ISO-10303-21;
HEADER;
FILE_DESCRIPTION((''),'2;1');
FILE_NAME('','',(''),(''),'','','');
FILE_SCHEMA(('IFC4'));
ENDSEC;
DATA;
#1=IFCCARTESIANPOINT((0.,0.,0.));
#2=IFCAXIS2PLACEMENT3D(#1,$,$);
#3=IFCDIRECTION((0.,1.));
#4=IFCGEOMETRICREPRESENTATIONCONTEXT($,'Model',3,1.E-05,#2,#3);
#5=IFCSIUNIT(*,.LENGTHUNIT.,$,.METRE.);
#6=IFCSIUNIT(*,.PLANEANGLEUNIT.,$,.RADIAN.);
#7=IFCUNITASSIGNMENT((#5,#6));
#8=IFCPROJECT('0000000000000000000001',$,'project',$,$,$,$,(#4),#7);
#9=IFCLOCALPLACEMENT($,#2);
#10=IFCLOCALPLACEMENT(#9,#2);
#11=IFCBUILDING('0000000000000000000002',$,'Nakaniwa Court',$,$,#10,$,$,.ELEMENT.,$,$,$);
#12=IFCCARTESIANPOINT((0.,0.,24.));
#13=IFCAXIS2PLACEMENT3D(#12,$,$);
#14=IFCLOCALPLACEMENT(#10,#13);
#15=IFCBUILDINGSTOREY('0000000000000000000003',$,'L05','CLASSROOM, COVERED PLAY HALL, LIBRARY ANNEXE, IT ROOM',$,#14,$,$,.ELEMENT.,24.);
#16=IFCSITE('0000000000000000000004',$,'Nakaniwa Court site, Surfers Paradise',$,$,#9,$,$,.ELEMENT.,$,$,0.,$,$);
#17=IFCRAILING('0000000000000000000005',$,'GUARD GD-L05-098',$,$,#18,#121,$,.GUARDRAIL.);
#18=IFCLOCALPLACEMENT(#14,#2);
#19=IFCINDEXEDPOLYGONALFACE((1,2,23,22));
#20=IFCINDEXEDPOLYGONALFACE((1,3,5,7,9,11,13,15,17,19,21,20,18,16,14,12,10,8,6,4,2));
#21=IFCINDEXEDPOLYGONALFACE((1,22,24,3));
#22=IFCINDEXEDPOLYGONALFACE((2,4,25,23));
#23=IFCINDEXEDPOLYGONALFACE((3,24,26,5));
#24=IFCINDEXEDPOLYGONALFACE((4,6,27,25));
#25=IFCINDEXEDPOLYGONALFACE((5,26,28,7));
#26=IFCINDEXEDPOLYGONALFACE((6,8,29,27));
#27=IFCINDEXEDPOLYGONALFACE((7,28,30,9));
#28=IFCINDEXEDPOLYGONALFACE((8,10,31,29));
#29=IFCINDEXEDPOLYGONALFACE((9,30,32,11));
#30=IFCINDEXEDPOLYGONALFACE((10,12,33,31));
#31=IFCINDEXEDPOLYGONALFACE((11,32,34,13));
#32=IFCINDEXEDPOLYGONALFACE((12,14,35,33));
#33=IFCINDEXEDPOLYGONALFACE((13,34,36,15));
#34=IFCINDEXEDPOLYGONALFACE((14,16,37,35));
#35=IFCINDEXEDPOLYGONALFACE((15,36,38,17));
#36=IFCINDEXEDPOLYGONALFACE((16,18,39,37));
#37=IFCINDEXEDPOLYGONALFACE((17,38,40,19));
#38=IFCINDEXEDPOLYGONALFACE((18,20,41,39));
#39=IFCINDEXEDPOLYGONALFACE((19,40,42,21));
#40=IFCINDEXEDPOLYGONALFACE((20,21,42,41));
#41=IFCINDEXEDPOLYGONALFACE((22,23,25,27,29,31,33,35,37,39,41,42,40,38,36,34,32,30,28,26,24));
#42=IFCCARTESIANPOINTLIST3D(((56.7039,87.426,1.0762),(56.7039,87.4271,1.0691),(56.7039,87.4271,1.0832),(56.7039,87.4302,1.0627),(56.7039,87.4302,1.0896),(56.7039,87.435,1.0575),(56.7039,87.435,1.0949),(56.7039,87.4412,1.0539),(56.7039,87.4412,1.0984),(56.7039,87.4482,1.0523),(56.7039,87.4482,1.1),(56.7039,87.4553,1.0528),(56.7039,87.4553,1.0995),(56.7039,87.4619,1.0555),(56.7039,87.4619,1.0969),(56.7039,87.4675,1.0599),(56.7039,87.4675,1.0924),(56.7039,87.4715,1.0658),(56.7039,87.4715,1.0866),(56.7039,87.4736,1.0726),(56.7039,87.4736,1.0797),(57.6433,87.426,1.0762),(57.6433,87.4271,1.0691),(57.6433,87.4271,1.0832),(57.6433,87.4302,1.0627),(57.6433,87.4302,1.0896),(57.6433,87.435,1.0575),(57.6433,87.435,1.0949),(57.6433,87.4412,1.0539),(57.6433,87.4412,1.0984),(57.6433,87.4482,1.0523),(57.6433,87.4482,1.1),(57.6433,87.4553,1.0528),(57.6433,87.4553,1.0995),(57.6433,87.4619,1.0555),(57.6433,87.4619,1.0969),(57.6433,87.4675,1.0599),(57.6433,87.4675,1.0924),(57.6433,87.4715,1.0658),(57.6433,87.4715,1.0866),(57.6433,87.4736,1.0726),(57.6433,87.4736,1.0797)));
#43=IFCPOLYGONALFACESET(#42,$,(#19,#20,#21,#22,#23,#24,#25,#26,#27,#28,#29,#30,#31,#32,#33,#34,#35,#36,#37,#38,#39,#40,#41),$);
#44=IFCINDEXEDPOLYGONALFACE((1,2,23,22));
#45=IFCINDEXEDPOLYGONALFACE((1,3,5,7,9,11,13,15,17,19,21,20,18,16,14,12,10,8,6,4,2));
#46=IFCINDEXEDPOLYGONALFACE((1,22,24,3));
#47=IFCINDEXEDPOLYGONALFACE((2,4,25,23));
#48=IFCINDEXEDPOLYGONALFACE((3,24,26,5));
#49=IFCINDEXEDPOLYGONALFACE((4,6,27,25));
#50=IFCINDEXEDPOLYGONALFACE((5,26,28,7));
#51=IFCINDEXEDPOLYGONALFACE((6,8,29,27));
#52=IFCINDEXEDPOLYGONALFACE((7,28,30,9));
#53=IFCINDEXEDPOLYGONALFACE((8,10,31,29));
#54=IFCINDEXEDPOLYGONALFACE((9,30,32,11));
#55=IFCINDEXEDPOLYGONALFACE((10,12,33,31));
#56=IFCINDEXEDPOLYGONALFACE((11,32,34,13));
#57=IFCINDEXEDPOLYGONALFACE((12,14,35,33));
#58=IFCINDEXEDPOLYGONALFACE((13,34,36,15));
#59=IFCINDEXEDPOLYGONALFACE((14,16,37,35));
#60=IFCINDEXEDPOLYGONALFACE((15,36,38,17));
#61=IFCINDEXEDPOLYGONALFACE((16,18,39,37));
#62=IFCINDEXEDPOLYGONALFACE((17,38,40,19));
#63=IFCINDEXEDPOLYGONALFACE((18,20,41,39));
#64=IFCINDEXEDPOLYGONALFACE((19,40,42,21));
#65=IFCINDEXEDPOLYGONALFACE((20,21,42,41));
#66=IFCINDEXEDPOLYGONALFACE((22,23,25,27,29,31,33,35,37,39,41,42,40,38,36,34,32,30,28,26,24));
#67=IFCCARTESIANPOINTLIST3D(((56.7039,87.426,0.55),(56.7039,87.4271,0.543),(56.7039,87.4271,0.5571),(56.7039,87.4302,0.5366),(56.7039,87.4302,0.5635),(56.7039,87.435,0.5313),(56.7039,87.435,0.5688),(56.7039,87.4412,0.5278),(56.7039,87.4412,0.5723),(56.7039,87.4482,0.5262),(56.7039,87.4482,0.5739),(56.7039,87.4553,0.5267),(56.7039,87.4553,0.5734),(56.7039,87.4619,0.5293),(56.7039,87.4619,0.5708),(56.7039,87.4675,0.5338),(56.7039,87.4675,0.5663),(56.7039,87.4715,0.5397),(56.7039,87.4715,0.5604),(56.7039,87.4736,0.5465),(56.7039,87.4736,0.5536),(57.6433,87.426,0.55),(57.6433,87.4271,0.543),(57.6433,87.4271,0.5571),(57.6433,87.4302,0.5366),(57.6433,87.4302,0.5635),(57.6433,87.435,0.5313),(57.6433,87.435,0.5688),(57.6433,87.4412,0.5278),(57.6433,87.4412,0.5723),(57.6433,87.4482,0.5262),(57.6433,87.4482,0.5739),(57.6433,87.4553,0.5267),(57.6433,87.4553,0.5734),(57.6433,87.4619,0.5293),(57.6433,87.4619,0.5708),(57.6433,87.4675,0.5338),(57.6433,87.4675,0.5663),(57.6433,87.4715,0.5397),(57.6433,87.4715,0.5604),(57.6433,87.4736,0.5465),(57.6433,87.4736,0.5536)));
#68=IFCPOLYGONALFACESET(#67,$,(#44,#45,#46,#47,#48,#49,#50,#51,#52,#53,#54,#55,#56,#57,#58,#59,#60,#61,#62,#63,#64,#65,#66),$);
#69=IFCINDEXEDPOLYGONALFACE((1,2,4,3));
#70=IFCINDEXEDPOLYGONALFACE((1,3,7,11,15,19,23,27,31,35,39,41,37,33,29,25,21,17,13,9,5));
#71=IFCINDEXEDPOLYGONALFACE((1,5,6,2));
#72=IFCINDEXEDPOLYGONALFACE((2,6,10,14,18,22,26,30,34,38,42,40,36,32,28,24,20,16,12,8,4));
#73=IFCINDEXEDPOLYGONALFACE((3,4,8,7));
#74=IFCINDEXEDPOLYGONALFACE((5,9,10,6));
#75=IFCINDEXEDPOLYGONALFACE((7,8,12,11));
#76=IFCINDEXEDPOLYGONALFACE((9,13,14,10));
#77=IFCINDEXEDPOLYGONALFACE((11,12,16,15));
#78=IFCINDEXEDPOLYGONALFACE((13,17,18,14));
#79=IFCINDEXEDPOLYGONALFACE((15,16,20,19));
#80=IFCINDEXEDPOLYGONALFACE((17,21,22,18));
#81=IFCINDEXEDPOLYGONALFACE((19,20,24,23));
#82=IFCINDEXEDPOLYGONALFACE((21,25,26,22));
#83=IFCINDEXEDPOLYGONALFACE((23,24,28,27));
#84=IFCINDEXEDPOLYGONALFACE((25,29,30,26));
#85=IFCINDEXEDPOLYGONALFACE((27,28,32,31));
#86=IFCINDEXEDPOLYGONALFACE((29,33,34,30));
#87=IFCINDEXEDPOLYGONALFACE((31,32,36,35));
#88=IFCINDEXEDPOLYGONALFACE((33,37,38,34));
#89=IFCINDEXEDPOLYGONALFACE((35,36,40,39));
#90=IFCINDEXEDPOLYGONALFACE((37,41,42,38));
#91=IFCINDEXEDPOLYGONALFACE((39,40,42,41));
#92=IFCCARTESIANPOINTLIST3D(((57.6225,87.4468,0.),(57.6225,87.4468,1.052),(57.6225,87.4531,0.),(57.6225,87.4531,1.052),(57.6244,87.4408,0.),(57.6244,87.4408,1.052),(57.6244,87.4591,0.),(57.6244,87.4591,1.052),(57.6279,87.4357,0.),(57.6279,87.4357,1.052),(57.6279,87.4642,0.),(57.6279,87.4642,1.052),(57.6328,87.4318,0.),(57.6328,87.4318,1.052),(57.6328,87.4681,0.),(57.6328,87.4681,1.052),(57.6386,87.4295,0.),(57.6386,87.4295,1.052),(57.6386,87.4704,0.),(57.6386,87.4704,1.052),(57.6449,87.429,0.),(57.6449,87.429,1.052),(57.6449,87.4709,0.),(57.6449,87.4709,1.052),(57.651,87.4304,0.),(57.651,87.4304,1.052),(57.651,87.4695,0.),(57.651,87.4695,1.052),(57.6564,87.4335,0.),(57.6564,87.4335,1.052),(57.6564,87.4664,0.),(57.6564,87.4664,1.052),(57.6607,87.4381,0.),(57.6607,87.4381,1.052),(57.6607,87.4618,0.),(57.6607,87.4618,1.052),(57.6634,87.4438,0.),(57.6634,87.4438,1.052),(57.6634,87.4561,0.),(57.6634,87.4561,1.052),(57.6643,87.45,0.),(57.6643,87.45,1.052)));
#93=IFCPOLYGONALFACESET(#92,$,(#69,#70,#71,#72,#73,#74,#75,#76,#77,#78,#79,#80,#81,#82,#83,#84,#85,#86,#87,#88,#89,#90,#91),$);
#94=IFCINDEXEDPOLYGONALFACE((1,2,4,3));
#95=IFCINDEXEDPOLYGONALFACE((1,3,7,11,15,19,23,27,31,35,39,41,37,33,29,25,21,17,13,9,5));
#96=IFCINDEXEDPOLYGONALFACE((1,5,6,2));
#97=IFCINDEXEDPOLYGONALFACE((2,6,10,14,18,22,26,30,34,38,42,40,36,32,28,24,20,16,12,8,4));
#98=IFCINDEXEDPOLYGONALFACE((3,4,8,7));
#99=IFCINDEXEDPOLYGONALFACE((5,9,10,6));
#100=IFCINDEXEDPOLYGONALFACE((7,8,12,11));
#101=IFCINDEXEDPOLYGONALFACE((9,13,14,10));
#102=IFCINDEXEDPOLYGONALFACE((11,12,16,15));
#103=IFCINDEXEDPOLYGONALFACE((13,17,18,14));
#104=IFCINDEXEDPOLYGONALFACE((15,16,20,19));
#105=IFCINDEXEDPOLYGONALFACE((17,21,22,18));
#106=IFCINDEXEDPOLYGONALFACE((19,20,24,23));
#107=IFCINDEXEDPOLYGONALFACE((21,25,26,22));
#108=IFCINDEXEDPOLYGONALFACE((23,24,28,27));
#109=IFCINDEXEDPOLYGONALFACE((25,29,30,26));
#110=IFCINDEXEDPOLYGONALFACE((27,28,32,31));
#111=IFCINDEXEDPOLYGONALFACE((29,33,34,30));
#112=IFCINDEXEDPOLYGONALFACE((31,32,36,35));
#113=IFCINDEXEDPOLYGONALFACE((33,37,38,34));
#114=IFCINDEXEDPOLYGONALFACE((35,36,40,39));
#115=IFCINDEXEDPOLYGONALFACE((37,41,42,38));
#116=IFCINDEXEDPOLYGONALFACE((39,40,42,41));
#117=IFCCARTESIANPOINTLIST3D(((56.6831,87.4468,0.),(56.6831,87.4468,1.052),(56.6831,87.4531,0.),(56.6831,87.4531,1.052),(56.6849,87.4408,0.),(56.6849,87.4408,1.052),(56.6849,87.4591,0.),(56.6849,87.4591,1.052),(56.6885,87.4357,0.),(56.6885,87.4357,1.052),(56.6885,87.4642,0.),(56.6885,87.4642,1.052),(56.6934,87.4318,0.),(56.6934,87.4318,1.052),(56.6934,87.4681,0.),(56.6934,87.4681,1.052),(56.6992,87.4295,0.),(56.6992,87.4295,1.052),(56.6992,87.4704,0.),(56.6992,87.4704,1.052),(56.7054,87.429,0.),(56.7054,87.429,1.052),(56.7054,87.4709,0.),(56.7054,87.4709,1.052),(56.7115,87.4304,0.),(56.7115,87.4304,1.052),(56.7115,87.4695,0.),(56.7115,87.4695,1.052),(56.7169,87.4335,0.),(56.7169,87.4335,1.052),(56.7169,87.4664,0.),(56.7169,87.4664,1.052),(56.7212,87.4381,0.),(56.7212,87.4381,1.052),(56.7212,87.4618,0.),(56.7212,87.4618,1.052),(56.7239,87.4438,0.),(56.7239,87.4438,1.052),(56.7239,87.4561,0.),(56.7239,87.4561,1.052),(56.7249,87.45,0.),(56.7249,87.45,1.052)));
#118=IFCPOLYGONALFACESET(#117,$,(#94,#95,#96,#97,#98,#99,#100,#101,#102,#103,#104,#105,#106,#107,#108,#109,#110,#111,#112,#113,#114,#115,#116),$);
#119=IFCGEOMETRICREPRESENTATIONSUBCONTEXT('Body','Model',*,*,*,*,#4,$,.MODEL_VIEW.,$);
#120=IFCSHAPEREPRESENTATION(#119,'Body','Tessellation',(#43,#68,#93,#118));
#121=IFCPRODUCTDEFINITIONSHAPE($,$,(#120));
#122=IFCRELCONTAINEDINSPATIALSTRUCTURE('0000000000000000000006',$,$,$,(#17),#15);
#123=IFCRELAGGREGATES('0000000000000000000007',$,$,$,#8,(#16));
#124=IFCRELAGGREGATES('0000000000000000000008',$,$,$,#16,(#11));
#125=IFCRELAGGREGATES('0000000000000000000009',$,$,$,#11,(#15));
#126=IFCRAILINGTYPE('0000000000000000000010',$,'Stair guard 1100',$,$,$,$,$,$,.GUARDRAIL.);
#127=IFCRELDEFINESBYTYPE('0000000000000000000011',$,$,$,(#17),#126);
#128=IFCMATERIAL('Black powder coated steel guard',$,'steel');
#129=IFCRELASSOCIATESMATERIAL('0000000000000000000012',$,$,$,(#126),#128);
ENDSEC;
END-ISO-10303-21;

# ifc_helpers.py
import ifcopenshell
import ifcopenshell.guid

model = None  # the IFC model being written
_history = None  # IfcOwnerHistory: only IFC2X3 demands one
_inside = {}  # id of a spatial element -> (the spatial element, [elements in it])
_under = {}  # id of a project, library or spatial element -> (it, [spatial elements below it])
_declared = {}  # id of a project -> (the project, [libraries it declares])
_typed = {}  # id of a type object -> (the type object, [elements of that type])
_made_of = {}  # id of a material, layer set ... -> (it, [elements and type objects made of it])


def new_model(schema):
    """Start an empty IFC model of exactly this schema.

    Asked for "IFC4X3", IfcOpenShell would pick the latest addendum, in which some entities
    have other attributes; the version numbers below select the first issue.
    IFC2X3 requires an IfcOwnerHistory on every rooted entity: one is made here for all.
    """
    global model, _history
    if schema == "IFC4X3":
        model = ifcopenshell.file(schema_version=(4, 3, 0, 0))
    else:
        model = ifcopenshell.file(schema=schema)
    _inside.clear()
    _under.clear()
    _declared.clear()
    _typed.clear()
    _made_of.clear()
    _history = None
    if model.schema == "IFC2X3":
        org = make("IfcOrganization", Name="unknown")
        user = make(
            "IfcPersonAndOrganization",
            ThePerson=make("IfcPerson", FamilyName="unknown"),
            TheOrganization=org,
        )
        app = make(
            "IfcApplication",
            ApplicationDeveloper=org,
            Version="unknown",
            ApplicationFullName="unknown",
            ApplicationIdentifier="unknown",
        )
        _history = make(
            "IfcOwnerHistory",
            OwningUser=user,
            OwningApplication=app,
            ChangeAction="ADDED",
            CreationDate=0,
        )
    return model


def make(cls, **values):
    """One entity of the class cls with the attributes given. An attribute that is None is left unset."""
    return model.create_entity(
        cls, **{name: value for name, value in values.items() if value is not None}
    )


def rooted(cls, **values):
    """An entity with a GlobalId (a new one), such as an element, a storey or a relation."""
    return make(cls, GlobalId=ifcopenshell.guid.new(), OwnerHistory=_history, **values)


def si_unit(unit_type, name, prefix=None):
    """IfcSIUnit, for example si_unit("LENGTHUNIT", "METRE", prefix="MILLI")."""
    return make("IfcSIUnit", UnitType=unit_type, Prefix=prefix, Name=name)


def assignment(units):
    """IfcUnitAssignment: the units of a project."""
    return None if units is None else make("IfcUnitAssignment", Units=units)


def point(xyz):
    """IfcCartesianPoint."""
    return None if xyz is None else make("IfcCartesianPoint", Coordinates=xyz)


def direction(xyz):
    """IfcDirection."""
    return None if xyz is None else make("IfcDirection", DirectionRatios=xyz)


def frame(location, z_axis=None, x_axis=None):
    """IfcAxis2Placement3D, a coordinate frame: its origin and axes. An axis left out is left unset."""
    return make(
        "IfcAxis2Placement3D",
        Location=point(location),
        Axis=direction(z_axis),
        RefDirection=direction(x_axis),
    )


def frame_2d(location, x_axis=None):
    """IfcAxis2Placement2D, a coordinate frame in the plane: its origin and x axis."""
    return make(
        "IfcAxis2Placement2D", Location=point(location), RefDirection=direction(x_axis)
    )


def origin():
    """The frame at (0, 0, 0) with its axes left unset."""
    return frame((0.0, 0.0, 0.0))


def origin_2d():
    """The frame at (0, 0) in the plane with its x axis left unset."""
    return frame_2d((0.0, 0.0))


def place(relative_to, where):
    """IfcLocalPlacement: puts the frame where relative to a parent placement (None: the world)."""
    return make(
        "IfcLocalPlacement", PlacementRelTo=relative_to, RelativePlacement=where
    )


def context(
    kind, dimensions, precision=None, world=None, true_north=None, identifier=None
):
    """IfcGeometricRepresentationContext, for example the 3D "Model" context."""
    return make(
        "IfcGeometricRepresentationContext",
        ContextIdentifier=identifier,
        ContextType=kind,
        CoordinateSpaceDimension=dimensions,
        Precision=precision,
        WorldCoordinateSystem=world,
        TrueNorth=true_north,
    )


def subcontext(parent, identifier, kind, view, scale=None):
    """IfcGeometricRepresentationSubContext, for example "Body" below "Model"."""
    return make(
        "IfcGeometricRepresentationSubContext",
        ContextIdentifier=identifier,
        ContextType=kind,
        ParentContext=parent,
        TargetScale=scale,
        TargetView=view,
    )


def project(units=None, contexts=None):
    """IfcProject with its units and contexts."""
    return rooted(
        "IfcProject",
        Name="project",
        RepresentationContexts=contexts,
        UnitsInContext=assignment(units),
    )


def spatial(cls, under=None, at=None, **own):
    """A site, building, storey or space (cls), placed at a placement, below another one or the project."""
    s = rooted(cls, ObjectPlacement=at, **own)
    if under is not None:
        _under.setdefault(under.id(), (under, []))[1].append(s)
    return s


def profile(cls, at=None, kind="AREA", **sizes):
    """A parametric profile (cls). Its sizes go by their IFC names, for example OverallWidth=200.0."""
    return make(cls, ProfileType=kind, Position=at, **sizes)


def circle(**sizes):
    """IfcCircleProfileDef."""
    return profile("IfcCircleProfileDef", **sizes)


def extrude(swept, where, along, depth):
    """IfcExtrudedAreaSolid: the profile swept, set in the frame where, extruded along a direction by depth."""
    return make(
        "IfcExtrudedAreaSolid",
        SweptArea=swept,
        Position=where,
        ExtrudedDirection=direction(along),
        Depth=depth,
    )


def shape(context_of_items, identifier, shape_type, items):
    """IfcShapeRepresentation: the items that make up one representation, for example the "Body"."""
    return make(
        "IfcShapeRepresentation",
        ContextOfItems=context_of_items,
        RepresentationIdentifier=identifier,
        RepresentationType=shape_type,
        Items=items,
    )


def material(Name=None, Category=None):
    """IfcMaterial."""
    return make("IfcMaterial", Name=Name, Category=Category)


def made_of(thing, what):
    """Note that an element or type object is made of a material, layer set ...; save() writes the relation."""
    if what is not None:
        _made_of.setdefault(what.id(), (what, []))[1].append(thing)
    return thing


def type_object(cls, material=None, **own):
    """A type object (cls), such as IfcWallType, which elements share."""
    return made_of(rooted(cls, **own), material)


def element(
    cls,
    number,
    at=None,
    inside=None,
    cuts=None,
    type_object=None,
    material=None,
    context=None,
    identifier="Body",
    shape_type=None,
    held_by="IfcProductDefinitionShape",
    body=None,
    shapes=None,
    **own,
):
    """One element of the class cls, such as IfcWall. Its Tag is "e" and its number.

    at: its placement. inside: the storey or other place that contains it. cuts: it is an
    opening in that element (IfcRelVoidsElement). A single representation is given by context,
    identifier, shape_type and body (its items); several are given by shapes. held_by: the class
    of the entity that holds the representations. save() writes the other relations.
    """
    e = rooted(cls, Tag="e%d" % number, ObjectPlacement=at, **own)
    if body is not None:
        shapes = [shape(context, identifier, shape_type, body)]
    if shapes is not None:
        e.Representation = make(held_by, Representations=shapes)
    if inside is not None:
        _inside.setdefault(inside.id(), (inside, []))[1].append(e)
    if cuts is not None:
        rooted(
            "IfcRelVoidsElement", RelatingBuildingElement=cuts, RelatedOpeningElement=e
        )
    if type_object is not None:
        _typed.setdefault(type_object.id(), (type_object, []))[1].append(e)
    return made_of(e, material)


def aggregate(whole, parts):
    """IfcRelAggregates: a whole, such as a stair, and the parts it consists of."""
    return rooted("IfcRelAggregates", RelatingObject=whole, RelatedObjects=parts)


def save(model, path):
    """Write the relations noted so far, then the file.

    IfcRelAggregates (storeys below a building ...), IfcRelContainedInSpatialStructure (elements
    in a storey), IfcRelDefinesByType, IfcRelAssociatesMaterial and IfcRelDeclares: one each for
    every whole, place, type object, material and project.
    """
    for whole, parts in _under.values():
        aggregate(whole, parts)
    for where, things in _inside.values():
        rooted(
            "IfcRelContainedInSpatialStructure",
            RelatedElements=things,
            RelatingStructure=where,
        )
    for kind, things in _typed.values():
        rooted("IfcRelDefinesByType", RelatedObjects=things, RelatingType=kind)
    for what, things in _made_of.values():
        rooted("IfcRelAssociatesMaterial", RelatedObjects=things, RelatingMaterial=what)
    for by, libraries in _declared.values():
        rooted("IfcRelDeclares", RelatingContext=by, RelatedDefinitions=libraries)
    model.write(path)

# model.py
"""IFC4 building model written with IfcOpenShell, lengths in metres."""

from ifc_helpers import new_model, si_unit, direction, frame, origin, origin_2d, place, context, subcontext, project, spatial, circle, extrude, material, type_object, element, save


model = new_model("IFC4")

# Units and contexts
model_context = context("Model", 3, precision=1e-05, world=origin(), true_north=direction((0.0, 1.0)))
body_context = subcontext(model_context, "Body", "Model", "MODEL_VIEW")
ifc_project = project(units=[si_unit("LENGTHUNIT", "METRE"), si_unit("PLANEANGLEUNIT", "RADIAN")], contexts=[model_context])

# Site, building, storey
site_placement = place(None, origin())
site = spatial("IfcSite", under=ifc_project, at=site_placement, Name="Nakaniwa Court site, Surfers Paradise", CompositionType="ELEMENT", RefElevation=0.0)
building_placement = place(site_placement, origin())
building = spatial("IfcBuilding", under=site, at=building_placement, Name="Nakaniwa Court", CompositionType="ELEMENT")
storey_placement = place(building_placement, frame((0.0, 0.0, 24.0)))
storey = spatial("IfcBuildingStorey", under=building, at=storey_placement, Name="L05", Description="CLASSROOM, COVERED PLAY HALL, LIBRARY ANNEXE, IT ROOM", CompositionType="ELEMENT", Elevation=24.0)

# Railing
ifc_material_1 = material(Name="Black powder coated steel guard", Category="steel")
railing_type = type_object("IfcRailingType", Name="Stair guard 1100", PredefinedType="GUARDRAIL", material=ifc_material_1)
railing_1_placement = place(storey_placement, frame((57.6433, 87.45, 0.0)))
element("IfcRailing", 1, at=railing_1_placement, inside=storey, type_object=railing_type, Name="GUARD GD-L05-098", PredefinedType="GUARDRAIL", context=body_context, shape_type="SweptSolid", body=[
    extrude(circle(Radius=0.0239, at=origin_2d()), frame((0.0, 0.0, 1.0762), z_axis=(-1.0, 0.0, 0.0), x_axis=(0.0, -1.0, 0.0)), (0.0, 0.0, 1.0), 0.9395),
    extrude(circle(Radius=0.0239, at=origin_2d()), frame((0.0, 0.0, 0.55), z_axis=(-1.0, 0.0, 0.0), x_axis=(0.0, -1.0, 0.0)), (0.0, 0.0, 1.0), 0.9395),
    extrude(circle(Radius=0.021, at=origin_2d()), origin(), (0.0, 0.0, 1.0), 1.052),
    extrude(circle(Radius=0.021, at=origin_2d()), frame((-0.9395, 0.0, 0.0)), (0.0, 0.0, 1.0), 1.052),
])

save(model, "model.ifc")
